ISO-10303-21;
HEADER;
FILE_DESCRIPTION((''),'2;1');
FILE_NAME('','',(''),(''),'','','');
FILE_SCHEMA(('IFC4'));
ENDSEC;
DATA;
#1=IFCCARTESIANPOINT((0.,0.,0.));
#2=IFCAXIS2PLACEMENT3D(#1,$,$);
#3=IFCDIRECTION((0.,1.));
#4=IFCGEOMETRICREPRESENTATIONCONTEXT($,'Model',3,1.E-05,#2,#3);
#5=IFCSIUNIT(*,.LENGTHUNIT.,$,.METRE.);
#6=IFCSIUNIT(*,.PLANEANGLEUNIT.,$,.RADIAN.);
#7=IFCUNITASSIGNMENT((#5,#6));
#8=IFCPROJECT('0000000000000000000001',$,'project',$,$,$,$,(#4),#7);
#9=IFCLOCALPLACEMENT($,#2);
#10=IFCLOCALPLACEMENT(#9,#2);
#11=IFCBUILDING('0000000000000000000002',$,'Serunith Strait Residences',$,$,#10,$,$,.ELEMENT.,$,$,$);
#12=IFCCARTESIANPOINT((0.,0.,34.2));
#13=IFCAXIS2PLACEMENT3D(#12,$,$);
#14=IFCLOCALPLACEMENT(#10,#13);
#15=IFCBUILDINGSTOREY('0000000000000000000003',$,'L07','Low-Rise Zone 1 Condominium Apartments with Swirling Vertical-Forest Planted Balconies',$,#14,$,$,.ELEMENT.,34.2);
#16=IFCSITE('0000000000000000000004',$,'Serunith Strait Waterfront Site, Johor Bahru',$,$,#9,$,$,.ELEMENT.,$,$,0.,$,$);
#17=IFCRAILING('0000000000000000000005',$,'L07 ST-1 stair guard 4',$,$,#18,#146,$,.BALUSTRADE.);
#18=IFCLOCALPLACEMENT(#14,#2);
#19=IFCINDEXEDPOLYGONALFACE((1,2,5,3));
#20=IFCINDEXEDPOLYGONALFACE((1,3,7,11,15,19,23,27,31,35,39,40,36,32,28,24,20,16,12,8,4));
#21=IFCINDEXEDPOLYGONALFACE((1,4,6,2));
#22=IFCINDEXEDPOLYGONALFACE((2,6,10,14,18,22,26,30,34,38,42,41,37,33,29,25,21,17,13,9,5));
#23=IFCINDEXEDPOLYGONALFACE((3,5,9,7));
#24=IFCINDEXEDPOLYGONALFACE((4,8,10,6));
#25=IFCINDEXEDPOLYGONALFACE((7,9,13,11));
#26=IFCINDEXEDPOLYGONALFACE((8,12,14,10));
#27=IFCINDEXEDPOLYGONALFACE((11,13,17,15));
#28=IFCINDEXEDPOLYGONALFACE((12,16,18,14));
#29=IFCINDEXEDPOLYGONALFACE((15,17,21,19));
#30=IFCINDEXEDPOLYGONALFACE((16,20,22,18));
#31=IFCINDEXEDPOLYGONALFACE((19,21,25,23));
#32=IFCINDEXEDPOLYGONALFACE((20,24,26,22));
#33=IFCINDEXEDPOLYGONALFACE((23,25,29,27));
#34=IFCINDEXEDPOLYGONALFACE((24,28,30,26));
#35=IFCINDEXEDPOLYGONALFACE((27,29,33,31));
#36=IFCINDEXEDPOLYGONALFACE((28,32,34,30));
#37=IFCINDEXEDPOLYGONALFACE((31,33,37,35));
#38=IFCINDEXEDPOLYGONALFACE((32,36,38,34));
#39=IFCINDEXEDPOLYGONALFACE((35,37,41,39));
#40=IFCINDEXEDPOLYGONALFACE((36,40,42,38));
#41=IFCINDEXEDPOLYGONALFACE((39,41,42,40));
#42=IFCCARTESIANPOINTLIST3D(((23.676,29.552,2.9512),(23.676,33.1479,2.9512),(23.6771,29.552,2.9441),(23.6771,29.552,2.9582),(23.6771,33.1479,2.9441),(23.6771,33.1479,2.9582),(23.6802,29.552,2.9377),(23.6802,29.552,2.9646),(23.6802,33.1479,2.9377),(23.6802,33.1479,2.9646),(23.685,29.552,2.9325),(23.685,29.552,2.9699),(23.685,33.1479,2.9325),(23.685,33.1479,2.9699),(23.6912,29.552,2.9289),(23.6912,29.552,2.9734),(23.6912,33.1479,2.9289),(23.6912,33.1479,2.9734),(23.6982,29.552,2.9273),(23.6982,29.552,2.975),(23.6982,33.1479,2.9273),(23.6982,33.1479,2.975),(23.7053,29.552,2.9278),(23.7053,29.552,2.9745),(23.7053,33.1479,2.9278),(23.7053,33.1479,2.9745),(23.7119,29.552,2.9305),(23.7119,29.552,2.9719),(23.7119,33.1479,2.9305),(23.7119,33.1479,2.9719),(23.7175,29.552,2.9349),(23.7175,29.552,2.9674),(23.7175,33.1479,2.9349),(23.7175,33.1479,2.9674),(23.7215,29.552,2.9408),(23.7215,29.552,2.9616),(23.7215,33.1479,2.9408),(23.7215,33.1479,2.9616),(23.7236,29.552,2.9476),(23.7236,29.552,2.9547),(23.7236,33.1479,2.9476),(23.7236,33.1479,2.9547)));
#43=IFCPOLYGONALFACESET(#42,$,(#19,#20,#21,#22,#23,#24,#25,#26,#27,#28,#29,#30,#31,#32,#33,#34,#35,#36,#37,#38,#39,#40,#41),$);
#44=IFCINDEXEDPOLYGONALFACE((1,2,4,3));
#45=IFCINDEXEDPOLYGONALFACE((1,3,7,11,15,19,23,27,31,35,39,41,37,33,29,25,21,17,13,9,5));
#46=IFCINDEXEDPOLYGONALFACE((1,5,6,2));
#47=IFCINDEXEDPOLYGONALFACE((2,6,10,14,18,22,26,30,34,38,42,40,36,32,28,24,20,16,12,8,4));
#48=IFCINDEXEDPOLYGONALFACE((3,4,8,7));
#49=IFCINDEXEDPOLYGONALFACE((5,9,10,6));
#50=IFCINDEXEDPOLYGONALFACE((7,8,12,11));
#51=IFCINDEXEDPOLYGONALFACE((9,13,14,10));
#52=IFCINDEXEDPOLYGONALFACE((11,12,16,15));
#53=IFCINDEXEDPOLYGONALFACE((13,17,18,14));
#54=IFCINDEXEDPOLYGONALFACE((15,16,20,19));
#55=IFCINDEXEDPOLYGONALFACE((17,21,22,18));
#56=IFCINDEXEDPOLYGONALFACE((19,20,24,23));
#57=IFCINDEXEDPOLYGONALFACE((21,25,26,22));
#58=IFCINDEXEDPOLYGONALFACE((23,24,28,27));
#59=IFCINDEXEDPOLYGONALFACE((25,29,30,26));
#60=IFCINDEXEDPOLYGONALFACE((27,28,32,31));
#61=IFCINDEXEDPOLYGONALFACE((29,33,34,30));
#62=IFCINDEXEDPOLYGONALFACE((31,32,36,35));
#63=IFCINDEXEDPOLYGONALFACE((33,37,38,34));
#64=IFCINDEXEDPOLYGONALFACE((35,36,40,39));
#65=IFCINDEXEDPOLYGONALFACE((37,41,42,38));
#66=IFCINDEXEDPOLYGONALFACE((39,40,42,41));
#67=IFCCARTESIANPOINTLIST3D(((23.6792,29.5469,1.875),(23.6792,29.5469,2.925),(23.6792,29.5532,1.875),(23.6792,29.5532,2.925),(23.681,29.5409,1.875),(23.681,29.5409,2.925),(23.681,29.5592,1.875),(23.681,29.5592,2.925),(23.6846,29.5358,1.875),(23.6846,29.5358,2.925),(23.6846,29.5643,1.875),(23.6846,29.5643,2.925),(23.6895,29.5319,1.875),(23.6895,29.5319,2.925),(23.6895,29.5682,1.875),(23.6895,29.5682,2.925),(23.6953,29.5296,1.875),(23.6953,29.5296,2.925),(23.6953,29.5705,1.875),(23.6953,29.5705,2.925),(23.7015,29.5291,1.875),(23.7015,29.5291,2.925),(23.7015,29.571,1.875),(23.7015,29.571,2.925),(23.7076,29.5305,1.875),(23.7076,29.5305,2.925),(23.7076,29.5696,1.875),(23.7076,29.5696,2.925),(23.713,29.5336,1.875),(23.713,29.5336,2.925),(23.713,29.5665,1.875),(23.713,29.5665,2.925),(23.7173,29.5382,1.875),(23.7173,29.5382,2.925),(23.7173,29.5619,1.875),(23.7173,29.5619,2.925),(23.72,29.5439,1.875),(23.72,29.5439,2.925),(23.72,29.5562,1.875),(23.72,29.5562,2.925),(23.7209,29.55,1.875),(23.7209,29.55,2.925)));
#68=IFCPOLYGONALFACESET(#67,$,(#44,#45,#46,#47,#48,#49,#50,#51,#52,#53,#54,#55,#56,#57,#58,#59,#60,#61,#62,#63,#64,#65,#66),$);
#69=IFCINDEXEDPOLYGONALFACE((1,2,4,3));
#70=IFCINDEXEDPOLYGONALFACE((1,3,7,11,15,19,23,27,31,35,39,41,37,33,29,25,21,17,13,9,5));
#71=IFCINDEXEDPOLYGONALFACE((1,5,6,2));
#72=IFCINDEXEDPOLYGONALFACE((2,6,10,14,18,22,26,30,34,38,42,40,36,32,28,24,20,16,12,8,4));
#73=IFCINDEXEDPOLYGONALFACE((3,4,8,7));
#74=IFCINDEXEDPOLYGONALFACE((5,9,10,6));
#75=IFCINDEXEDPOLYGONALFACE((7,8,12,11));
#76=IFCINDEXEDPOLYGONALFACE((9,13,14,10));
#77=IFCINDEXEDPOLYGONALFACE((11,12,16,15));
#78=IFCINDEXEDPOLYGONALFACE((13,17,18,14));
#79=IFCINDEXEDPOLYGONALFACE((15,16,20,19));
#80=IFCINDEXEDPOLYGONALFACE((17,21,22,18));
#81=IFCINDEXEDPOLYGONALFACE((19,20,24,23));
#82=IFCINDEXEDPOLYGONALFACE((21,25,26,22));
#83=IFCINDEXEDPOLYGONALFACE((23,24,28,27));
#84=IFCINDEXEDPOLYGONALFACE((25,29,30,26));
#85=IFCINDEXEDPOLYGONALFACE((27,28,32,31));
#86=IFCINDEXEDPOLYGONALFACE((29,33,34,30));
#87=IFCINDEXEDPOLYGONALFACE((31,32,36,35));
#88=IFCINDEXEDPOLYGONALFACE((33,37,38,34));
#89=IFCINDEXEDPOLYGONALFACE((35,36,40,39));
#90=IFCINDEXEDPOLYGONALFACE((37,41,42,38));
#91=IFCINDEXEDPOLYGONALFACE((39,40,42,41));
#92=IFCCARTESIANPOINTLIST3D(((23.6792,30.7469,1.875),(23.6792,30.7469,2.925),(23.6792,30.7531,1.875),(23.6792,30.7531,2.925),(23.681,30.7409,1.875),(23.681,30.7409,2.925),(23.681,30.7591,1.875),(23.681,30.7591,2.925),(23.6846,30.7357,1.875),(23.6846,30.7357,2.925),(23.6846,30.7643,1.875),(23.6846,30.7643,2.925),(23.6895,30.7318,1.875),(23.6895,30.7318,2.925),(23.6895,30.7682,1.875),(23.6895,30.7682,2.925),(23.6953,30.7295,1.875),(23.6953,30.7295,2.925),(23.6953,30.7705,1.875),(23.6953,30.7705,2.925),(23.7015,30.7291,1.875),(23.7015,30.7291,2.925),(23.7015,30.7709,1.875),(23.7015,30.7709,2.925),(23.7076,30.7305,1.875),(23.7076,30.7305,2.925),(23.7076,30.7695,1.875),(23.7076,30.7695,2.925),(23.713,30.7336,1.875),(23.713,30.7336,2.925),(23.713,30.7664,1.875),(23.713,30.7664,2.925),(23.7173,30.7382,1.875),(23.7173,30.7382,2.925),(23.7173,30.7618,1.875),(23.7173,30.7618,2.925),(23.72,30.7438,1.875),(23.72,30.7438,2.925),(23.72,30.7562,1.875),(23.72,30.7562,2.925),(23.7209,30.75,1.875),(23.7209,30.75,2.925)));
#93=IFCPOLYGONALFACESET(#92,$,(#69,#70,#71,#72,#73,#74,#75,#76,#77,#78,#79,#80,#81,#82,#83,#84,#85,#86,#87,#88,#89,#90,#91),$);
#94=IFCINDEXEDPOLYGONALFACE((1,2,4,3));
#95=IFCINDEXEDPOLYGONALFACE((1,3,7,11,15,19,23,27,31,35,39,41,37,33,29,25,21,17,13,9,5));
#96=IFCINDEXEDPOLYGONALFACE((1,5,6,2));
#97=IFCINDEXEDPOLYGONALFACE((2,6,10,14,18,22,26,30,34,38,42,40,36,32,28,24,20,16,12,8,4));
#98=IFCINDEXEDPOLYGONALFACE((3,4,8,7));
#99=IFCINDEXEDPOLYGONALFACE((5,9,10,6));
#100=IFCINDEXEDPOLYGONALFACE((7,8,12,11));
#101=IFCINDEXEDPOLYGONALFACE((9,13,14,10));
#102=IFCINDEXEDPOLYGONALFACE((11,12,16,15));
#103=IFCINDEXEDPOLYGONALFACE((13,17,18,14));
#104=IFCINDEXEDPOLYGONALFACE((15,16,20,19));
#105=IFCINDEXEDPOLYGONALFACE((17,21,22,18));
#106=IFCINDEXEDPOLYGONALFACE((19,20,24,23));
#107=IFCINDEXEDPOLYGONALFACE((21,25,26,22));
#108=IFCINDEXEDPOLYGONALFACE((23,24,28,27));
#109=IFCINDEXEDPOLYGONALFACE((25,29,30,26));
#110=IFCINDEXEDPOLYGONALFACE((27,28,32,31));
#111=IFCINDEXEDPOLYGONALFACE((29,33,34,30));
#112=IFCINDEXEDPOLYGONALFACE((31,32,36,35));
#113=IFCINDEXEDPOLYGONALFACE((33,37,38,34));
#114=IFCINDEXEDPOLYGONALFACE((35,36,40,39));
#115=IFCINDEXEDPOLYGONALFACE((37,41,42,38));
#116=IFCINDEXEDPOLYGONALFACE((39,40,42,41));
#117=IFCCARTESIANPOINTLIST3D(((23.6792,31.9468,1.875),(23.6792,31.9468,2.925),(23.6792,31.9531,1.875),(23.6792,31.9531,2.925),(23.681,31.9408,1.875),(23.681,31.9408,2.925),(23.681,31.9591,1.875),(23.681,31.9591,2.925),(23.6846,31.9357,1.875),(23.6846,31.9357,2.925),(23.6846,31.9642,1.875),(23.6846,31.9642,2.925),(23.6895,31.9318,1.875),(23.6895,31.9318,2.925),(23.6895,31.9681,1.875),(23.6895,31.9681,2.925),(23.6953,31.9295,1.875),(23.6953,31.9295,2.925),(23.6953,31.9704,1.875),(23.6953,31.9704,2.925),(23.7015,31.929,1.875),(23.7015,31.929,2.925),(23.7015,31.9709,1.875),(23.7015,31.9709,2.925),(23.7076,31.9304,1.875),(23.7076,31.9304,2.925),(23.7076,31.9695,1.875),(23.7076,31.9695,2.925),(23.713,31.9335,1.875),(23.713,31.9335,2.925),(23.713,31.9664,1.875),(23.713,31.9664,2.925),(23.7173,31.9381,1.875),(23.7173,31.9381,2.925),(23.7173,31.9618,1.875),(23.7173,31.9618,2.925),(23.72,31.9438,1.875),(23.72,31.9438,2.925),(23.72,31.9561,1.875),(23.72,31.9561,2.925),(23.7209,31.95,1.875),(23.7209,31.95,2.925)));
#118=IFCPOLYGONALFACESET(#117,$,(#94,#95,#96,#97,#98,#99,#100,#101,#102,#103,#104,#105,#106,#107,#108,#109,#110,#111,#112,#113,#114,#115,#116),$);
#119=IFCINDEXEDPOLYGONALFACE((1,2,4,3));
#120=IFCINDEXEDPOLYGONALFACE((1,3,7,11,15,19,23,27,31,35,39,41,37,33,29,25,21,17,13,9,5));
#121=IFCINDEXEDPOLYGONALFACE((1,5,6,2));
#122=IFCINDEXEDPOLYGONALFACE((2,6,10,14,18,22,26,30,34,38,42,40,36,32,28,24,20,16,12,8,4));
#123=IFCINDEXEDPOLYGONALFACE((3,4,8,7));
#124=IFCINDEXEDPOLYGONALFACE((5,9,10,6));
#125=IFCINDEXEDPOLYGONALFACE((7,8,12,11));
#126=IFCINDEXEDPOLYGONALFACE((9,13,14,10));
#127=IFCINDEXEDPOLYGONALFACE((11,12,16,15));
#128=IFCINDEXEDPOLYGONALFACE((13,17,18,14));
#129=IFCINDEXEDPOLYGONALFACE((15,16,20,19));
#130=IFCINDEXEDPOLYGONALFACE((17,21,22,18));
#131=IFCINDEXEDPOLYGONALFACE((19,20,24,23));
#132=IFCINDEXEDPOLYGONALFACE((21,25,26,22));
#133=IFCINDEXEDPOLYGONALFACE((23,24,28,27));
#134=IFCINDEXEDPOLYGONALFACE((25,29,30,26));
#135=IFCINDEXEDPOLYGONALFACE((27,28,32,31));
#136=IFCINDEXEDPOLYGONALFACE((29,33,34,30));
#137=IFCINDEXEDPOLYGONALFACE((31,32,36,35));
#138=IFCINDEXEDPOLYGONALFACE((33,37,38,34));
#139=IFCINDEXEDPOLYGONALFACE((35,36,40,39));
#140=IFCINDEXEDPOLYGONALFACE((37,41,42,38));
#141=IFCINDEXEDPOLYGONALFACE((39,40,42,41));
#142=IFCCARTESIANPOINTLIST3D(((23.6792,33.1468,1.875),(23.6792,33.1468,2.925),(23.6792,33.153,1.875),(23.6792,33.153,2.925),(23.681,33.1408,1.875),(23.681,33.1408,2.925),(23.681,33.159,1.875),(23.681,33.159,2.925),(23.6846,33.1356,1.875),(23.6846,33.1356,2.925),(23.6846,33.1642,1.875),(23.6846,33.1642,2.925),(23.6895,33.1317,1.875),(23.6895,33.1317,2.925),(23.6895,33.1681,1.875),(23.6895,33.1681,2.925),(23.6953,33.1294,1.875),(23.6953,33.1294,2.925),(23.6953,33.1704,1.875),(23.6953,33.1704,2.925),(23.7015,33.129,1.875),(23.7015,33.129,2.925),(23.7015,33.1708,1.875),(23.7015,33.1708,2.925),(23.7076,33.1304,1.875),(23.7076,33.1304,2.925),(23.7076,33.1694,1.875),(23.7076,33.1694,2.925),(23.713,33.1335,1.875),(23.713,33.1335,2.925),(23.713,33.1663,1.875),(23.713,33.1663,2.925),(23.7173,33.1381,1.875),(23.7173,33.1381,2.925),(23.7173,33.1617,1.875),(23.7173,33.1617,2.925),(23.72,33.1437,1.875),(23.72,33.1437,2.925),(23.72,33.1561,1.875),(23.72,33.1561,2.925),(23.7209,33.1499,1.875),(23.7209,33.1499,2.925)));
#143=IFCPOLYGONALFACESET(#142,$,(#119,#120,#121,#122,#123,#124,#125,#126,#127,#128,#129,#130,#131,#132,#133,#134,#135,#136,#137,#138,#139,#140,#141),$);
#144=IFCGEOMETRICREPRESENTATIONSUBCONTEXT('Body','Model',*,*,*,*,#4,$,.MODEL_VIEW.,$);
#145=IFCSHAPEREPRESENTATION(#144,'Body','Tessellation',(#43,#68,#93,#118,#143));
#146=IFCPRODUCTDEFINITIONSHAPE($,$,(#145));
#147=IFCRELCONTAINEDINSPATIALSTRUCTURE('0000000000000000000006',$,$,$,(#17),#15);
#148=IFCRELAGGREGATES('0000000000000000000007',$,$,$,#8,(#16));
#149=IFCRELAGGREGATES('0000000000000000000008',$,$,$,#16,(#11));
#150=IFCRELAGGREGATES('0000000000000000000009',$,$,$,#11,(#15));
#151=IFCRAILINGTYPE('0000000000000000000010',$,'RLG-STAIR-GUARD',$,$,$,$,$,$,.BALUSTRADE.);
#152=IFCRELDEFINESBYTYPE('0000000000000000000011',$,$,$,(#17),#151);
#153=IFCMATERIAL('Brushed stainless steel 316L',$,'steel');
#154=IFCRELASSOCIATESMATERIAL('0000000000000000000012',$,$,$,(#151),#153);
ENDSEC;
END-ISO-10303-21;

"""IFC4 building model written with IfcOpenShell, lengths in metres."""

from ifc_helpers import new_model, si_unit, direction, frame, origin, origin_2d, place, context, subcontext, project, spatial, circle, extrude, material, type_object, element, save


model = new_model("IFC4")

# Units and contexts
model_context = context("Model", 3, precision=1e-05, world=origin(), true_north=direction((0.0, 1.0)))
body_context = subcontext(model_context, "Body", "Model", "MODEL_VIEW")
ifc_project = project(units=[si_unit("LENGTHUNIT", "METRE"), si_unit("PLANEANGLEUNIT", "RADIAN")], contexts=[model_context])

# Site, building, storey
site_placement = place(None, origin())
site = spatial("IfcSite", under=ifc_project, at=site_placement, Name="Serunith Strait Waterfront Site, Johor Bahru", CompositionType="ELEMENT", RefElevation=0.0)
building_placement = place(site_placement, origin())
building = spatial("IfcBuilding", under=site, at=building_placement, Name="Serunith Strait Residences", CompositionType="ELEMENT")
storey_placement = place(building_placement, frame((0.0, 0.0, 34.2)))
storey = spatial("IfcBuildingStorey", under=building, at=storey_placement, Name="L07", Description="Low-Rise Zone 1 Condominium Apartments with Swirling Vertical-Forest Planted Balconies", CompositionType="ELEMENT", Elevation=34.2)

# Railing
ifc_material_1 = material(Name="Brushed stainless steel 316L", Category="steel")
railing_type_1 = type_object("IfcRailingType", Name="RLG-STAIR-GUARD", PredefinedType="BALUSTRADE", material=ifc_material_1)
for number, where, name in (
    (1, (23.7, 29.55, 1.875), "L07 ST-1 stair guard 4"),
):
    element("IfcRailing", number, at=place(storey_placement, frame(where)), inside=storey, type_object=railing_type_1, Name=name, PredefinedType="BALUSTRADE", context=body_context, shape_type="SweptSolid", body=[
        extrude(circle(Radius=0.0239, at=origin_2d()), frame((0.0, 0.002, 1.0762), z_axis=(0.0, 1.0, 0.0), x_axis=(-1.0, 0.0, 0.0)), (0.0, 0.0, 1.0), 3.5959),
        extrude(circle(Radius=0.021, at=origin_2d()), origin(), (0.0, 0.0, 1.0), 1.05),
        extrude(circle(Radius=0.021, at=origin_2d()), frame((0.0, 1.2, 0.0)), (0.0, 0.0, 1.0), 1.05),
        extrude(circle(Radius=0.021, at=origin_2d()), frame((0.0, 2.3999, 0.0)), (0.0, 0.0, 1.0), 1.05),
        extrude(circle(Radius=0.021, at=origin_2d()), frame((0.0, 3.5999, 0.0)), (0.0, 0.0, 1.0), 1.05),
    ])

save(model, "model.ifc")
